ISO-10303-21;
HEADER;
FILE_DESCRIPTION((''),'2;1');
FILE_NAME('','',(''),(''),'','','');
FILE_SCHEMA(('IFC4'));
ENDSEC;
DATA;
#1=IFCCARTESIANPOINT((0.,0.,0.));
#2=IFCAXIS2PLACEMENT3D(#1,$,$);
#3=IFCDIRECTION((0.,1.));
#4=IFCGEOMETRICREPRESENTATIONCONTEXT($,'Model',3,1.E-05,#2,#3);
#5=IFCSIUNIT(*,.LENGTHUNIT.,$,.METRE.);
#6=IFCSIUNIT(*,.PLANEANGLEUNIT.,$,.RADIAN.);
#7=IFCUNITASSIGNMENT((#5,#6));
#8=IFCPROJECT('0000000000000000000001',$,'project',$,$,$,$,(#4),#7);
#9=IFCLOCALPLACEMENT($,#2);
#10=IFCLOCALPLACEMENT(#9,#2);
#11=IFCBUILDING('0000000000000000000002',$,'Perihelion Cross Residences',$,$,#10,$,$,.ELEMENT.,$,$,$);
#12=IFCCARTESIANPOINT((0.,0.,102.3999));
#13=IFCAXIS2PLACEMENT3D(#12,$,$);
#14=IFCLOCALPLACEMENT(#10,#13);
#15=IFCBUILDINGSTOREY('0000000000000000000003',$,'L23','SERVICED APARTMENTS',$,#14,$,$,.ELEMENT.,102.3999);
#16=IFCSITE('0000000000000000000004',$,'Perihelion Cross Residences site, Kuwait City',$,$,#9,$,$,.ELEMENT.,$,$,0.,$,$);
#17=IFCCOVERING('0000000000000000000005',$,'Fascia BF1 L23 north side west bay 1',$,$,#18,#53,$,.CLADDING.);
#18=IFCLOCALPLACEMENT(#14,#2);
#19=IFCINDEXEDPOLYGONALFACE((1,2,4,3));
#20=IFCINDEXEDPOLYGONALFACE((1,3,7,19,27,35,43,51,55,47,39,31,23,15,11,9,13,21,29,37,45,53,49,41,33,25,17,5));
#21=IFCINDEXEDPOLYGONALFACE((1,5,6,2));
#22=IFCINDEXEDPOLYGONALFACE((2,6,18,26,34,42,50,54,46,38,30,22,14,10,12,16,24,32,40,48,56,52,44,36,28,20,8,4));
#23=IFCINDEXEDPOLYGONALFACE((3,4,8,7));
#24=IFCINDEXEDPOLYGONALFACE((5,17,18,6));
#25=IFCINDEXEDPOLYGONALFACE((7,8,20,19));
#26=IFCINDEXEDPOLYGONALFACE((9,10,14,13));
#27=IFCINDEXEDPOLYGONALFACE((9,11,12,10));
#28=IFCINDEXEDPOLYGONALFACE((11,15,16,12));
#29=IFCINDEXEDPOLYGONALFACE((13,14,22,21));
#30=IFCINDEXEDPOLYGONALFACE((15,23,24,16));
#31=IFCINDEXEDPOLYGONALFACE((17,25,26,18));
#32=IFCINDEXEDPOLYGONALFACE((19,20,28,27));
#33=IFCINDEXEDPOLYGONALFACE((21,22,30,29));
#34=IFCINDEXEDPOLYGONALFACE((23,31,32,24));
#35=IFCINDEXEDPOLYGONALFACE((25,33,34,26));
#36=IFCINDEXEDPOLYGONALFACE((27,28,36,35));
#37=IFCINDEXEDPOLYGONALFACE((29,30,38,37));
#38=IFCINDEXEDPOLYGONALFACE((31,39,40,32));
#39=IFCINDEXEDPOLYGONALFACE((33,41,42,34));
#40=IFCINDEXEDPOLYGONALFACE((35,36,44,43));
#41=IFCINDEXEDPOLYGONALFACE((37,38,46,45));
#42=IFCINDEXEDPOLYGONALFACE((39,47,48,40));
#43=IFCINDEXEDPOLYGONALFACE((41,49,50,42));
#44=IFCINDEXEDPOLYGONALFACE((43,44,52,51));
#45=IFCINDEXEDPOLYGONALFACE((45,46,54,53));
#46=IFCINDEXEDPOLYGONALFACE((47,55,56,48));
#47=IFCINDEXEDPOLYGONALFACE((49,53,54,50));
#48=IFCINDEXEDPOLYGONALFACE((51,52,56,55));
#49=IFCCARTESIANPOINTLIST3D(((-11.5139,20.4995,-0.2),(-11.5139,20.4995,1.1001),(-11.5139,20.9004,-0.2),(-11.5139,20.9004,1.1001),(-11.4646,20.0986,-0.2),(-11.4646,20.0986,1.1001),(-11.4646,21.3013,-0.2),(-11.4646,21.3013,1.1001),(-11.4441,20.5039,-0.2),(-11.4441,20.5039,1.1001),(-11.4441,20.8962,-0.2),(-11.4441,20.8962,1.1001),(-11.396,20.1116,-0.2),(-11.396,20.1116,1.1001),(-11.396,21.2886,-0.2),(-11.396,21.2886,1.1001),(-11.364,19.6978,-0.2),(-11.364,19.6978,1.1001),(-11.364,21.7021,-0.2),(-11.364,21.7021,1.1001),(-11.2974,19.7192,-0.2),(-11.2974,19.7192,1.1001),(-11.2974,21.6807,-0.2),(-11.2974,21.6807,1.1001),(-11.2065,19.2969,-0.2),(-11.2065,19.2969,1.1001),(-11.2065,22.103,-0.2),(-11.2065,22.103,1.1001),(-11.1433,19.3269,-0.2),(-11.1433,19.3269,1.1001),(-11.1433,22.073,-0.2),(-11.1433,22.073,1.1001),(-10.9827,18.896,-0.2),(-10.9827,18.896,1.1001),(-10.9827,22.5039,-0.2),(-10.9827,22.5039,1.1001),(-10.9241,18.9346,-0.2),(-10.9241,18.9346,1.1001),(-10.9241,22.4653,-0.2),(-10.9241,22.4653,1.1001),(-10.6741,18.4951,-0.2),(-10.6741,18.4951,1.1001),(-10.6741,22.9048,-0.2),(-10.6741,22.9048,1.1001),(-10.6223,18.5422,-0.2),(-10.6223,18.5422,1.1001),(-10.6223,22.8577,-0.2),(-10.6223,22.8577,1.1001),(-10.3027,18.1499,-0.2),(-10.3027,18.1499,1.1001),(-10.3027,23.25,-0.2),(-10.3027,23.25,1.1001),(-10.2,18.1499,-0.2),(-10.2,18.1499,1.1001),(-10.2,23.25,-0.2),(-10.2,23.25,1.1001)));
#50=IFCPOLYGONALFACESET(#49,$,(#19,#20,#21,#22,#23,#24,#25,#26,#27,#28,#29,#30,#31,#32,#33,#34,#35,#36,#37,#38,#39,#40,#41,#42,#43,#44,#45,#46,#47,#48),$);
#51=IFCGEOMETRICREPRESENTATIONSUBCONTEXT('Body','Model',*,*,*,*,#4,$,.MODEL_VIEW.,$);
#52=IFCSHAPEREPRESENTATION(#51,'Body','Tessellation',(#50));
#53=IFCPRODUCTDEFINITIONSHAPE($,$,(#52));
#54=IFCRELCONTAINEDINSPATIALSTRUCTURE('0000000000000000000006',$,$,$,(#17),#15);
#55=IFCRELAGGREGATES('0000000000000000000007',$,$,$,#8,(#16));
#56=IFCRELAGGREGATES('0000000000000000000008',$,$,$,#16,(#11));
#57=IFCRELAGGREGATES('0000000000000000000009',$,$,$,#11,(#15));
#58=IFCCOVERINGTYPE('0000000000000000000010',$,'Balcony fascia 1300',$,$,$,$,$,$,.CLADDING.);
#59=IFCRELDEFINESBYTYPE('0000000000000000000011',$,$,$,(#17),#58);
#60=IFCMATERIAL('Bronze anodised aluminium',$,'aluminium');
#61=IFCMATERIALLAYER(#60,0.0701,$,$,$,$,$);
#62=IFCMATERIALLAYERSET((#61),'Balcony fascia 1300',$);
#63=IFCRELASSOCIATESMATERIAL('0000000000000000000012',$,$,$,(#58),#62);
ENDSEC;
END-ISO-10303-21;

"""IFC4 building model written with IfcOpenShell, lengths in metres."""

from ifc_helpers import new_model, si_unit, direction, frame, origin, place, context, subcontext, project, spatial, polyline, outline, extrude, material, layer, layer_set, type_object, element, save


model = new_model("IFC4")

# Units and contexts
model_context = context("Model", 3, precision=1e-05, world=origin(), true_north=direction((0.0, 1.0)))
body_context = subcontext(model_context, "Body", "Model", "MODEL_VIEW")
ifc_project = project(units=[si_unit("LENGTHUNIT", "METRE"), si_unit("PLANEANGLEUNIT", "RADIAN")], contexts=[model_context])

# Site, building, storey
site_placement = place(None, origin())
site = spatial("IfcSite", under=ifc_project, at=site_placement, Name="Perihelion Cross Residences site, Kuwait City", CompositionType="ELEMENT", RefElevation=0.0)
building_placement = place(site_placement, origin())
building = spatial("IfcBuilding", under=site, at=building_placement, Name="Perihelion Cross Residences", CompositionType="ELEMENT")
storey_placement = place(building_placement, frame((0.0, 0.0, 102.3999)))
storey = spatial("IfcBuildingStorey", under=building, at=storey_placement, Name="L23", Description="SERVICED APARTMENTS", CompositionType="ELEMENT", Elevation=102.3999)

# Covering
ifc_material_1 = material(Name="Bronze anodised aluminium", Category="aluminium")
ifc_layer_1 = layer(ifc_material_1, 0.0701)
ifc_layer_set_1 = layer_set([ifc_layer_1], Name="Balcony fascia 1300")
covering_type = type_object("IfcCoveringType", Name="Balcony fascia 1300", PredefinedType="CLADDING", material=ifc_layer_set_1)
covering_placement = place(storey_placement, frame((0.0, 0.0, -0.2)))
element("IfcCovering", 1, at=covering_placement, inside=storey, type_object=covering_type, Name="Fascia BF1 L23 north side west bay 1", PredefinedType="CLADDING", context=body_context, shape_type="SweptSolid", body=[
    extrude(outline(polyline([(-10.6741, 22.9048), (-10.9827, 22.5039), (-11.2065, 22.103), (-11.364, 21.7021), (-11.4646, 21.3013), (-11.5139, 20.9004), (-11.5139, 20.4995), (-11.4646, 20.0986), (-11.364, 19.6978), (-11.2065, 19.2969), (-10.9827, 18.896), (-10.6741, 18.4951), (-10.3027, 18.1499), (-10.2, 18.1499), (-10.6223, 18.5422), (-10.9241, 18.9346), (-11.1433, 19.3269), (-11.2974, 19.7192), (-11.396, 20.1116), (-11.4441, 20.5039), (-11.4441, 20.8962), (-11.396, 21.2886), (-11.2974, 21.6807), (-11.1433, 22.073), (-10.9241, 22.4653), (-10.6223, 22.8577), (-10.2, 23.25), (-10.3027, 23.25), (-10.6741, 22.9048)])), origin(), (0.0, 0.0, 1.0), 1.3),
])

save(model, "model.ifc")
